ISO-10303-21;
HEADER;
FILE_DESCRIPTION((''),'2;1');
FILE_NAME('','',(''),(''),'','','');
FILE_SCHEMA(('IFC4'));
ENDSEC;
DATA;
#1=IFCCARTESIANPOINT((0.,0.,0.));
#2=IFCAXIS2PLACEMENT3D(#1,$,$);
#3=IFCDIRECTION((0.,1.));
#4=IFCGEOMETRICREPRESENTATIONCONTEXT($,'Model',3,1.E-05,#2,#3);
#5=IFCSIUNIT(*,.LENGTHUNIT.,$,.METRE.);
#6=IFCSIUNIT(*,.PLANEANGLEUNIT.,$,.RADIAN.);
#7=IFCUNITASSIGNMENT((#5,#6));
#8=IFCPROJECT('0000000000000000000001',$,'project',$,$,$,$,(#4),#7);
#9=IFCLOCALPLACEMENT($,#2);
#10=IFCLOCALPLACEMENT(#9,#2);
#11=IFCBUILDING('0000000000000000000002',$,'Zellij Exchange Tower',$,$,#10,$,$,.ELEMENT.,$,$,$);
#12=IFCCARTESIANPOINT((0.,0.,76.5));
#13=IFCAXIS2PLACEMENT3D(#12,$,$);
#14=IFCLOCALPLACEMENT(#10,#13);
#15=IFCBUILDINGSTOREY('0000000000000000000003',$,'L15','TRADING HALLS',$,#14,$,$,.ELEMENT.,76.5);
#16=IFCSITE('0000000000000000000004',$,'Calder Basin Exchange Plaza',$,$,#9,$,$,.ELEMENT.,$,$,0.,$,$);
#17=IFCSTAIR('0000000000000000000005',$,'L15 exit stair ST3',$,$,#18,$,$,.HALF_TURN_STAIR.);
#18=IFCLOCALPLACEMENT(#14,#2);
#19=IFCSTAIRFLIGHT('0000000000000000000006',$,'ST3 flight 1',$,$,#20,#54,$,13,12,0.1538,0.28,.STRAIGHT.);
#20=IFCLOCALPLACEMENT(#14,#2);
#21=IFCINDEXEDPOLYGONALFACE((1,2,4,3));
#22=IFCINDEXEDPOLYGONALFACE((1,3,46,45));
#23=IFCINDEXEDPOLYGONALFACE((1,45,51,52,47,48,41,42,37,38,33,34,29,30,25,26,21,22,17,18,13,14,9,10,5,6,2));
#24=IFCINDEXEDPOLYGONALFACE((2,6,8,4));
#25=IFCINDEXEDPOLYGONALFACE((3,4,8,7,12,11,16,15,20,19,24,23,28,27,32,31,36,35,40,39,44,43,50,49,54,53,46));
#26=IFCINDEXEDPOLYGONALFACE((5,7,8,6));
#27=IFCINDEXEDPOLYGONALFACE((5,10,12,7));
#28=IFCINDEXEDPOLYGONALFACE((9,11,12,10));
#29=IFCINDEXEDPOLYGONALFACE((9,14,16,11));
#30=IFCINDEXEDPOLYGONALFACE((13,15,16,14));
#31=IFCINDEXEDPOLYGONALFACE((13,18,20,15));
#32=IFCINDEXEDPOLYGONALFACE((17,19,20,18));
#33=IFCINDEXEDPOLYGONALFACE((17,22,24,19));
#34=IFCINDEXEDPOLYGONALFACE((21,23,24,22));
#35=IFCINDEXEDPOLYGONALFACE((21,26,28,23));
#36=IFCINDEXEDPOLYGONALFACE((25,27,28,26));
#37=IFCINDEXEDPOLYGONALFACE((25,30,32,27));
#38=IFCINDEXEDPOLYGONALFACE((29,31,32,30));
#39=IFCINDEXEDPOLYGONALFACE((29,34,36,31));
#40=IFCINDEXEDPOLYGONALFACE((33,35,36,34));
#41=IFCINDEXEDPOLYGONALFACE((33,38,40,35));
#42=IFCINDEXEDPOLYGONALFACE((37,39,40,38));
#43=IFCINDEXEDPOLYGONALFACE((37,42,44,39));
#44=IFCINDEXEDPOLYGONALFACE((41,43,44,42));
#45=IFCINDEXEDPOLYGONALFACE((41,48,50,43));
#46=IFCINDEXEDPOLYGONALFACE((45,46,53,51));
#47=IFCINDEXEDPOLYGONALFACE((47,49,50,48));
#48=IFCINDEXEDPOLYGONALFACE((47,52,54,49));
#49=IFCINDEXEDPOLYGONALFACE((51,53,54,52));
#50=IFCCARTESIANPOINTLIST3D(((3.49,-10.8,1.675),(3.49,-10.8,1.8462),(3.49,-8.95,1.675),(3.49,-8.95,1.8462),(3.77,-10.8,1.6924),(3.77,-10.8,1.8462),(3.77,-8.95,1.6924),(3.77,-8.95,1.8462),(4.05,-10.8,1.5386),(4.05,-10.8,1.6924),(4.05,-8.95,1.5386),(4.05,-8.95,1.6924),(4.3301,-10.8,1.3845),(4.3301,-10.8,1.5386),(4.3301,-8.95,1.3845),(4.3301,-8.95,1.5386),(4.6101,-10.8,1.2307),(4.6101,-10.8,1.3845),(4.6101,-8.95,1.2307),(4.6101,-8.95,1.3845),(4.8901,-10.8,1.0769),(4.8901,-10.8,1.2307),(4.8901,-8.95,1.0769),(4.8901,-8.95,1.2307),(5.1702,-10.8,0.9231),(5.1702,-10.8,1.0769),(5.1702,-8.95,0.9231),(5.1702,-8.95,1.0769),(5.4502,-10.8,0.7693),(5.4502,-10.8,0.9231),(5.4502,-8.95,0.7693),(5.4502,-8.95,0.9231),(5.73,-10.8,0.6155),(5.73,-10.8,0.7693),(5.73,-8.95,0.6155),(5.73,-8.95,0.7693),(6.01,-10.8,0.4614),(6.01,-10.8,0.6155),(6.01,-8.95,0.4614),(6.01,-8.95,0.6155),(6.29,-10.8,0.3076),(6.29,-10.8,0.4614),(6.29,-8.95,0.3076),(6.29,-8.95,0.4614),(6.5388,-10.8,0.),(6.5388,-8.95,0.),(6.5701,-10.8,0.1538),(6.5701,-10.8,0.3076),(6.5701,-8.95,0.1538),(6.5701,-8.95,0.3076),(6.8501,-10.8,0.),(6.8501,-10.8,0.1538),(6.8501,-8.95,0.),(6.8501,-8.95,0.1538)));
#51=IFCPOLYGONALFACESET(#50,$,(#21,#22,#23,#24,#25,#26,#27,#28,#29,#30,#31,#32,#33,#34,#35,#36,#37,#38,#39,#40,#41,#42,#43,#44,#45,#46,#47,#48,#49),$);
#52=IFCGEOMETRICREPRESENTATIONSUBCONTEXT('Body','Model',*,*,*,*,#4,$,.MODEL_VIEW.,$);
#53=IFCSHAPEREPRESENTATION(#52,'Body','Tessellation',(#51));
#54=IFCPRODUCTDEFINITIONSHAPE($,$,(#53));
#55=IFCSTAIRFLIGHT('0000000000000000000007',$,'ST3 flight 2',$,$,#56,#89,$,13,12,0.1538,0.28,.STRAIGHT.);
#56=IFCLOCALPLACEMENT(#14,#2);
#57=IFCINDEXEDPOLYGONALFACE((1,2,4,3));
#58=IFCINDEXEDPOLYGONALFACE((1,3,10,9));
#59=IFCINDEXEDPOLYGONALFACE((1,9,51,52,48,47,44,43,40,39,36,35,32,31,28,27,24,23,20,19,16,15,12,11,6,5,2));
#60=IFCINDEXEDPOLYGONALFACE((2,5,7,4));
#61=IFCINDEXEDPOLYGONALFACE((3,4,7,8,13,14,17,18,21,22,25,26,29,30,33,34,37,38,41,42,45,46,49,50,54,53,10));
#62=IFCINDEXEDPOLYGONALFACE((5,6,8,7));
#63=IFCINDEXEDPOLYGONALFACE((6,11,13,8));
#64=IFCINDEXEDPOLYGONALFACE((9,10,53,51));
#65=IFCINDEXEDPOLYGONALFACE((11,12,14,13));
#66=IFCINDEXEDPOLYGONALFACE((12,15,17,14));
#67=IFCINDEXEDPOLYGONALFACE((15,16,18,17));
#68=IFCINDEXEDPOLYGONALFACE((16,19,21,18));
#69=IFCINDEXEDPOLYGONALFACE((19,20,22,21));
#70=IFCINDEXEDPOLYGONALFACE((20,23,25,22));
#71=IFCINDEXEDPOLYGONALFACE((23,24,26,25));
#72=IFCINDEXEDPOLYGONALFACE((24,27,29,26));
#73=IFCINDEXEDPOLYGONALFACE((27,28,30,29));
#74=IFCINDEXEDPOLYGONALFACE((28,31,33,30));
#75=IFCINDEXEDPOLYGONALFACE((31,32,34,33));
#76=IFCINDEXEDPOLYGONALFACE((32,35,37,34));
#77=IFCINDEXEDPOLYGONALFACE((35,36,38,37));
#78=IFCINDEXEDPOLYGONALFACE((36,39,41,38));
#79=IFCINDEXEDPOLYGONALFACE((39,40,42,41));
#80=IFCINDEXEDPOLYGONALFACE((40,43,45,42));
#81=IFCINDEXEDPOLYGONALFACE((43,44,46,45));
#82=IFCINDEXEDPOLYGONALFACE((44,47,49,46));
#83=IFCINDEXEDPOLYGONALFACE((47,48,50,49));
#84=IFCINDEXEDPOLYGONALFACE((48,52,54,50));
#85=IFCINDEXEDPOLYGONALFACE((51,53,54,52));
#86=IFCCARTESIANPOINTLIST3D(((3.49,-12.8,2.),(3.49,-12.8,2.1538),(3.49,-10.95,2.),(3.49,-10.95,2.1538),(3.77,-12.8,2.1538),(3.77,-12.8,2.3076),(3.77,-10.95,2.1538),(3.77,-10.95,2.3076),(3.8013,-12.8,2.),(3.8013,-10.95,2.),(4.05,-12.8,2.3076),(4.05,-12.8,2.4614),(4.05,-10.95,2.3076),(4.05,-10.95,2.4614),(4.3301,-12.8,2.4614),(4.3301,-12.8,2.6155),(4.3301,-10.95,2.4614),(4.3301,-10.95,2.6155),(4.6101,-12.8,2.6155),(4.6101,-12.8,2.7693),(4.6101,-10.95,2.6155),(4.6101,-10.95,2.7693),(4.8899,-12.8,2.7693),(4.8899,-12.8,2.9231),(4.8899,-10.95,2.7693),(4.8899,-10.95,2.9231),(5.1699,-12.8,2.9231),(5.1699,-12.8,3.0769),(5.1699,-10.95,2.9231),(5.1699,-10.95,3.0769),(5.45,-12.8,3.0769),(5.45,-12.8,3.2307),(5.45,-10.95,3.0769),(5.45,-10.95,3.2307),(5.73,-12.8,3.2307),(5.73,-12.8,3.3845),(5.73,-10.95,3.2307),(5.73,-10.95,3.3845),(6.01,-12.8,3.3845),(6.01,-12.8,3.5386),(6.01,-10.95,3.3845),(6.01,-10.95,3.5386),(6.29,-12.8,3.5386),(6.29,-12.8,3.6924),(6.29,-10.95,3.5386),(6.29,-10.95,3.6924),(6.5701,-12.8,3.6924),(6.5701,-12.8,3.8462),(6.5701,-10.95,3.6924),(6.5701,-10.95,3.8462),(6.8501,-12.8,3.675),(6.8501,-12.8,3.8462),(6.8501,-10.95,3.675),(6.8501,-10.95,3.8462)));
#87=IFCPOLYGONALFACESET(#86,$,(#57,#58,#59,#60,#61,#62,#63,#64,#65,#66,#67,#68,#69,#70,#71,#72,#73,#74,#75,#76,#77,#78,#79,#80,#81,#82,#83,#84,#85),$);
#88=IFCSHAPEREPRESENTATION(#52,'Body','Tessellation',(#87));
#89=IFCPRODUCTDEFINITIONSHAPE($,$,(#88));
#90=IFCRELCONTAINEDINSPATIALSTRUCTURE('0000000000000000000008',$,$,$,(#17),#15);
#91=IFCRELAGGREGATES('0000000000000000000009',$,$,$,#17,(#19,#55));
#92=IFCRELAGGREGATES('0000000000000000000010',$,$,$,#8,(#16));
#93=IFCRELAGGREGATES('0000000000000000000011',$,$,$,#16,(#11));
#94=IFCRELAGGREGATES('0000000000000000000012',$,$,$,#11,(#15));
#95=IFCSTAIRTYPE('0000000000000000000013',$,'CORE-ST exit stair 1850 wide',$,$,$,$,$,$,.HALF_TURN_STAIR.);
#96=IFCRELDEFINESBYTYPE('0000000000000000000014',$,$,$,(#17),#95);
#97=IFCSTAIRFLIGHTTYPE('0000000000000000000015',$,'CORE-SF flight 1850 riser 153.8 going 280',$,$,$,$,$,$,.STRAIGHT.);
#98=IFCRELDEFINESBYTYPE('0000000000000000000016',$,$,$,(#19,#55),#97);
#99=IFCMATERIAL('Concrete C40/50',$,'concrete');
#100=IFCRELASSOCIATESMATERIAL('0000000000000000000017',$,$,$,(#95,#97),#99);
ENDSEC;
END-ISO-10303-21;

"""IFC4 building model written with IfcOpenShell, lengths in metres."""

from ifc_helpers import new_model, si_unit, direction, frame, origin, place, context, subcontext, project, spatial, polyline, outline, extrude, material, type_object, element, aggregate, save


model = new_model("IFC4")

# Units and contexts
model_context = context("Model", 3, precision=1e-05, world=origin(), true_north=direction((0.0, 1.0)))
body_context = subcontext(model_context, "Body", "Model", "MODEL_VIEW")
ifc_project = project(units=[si_unit("LENGTHUNIT", "METRE"), si_unit("PLANEANGLEUNIT", "RADIAN")], contexts=[model_context])

# Site, building, storey
site_placement = place(None, origin())
site = spatial("IfcSite", under=ifc_project, at=site_placement, Name="Calder Basin Exchange Plaza", CompositionType="ELEMENT", RefElevation=0.0)
building_placement = place(site_placement, origin())
building = spatial("IfcBuilding", under=site, at=building_placement, Name="Zellij Exchange Tower", CompositionType="ELEMENT")
storey_placement = place(building_placement, frame((0.0, 0.0, 76.5)))
storey = spatial("IfcBuildingStorey", under=building, at=storey_placement, Name="L15", Description="TRADING HALLS", CompositionType="ELEMENT", Elevation=76.5)

# Stair, stair flights
ifc_material_1 = material(Name="Concrete C40/50", Category="concrete")
stair_type = type_object("IfcStairType", Name="CORE-ST exit stair 1850 wide", PredefinedType="HALF_TURN_STAIR", material=ifc_material_1)
stair_placement = place(storey_placement, origin())
stair = element("IfcStair", 1, at=stair_placement, inside=storey, type_object=stair_type, Name="L15 exit stair ST3", PredefinedType="HALF_TURN_STAIR")
stair_flight_type = type_object("IfcStairFlightType", Name="CORE-SF flight 1850 riser 153.8 going 280", PredefinedType="STRAIGHT", material=ifc_material_1)
stair_flight_1_placement = place(storey_placement, frame((6.8501, -9.875, 0.0), z_axis=(0.0, 0.0, 1.0), x_axis=(-1.0, 0.0, 0.0)))
stair_flight_1 = element("IfcStairFlight", 2, at=stair_flight_1_placement, type_object=stair_flight_type, Name="ST3 flight 1", NumberOfRisers=13, NumberOfTreads=12, PredefinedType="STRAIGHT", RiserHeight=0.1538, TreadLength=0.28, context=body_context, shape_type="SweptSolid", body=[
    extrude(outline(polyline([(0.0, 0.0), (0.0, 0.1538), (0.28, 0.1538), (0.28, 0.3076), (0.5601, 0.3076), (0.5601, 0.4614), (0.8401, 0.4614), (0.8401, 0.6155), (1.1201, 0.6155), (1.1201, 0.7693), (1.3999, 0.7693), (1.3999, 0.9231), (1.6799, 0.9231), (1.6799, 1.0769), (1.96, 1.0769), (1.96, 1.2307), (2.24, 1.2307), (2.24, 1.3845), (2.52, 1.3845), (2.52, 1.5386), (2.8, 1.5386), (2.8, 1.6924), (3.0801, 1.6924), (3.0801, 1.8462), (3.3601, 1.8462), (3.3601, 2.0), (3.3601, 1.675), (0.3113, 0.0), (0.0, 0.0)])), frame((0.0, 0.925, 0.0), z_axis=(0.0, -1.0, 0.0), x_axis=(1.0, 0.0, 0.0)), (0.0, 0.0, 1.0), 1.8501),
])
stair_flight_2_placement = place(storey_placement, frame((3.49, -11.875, 2.0), z_axis=(0.0, 0.0, 1.0), x_axis=(1.0, 0.0, 0.0)))
stair_flight_2 = element("IfcStairFlight", 3, at=stair_flight_2_placement, type_object=stair_flight_type, Name="ST3 flight 2", NumberOfRisers=13, NumberOfTreads=12, PredefinedType="STRAIGHT", RiserHeight=0.1538, TreadLength=0.28, context=body_context, shape_type="SweptSolid", body=[
    extrude(outline(polyline([(0.0, 0.0), (0.0, 0.1538), (0.28, 0.1538), (0.28, 0.3076), (0.5601, 0.3076), (0.5601, 0.4614), (0.8401, 0.4614), (0.8401, 0.6155), (1.1201, 0.6155), (1.1201, 0.7693), (1.3999, 0.7693), (1.3999, 0.9231), (1.6799, 0.9231), (1.6799, 1.0769), (1.96, 1.0769), (1.96, 1.2307), (2.24, 1.2307), (2.24, 1.3845), (2.52, 1.3845), (2.52, 1.5386), (2.8, 1.5386), (2.8, 1.6924), (3.0801, 1.6924), (3.0801, 1.8462), (3.3601, 1.8462), (3.3601, 2.0), (3.3601, 1.675), (0.3113, 0.0), (0.0, 0.0)])), frame((0.0, 0.925, 0.0), z_axis=(0.0, -1.0, 0.0), x_axis=(1.0, 0.0, 0.0)), (0.0, 0.0, 1.0), 1.8501),
])
aggregate(stair, [stair_flight_1, stair_flight_2])

save(model, "model.ifc")
